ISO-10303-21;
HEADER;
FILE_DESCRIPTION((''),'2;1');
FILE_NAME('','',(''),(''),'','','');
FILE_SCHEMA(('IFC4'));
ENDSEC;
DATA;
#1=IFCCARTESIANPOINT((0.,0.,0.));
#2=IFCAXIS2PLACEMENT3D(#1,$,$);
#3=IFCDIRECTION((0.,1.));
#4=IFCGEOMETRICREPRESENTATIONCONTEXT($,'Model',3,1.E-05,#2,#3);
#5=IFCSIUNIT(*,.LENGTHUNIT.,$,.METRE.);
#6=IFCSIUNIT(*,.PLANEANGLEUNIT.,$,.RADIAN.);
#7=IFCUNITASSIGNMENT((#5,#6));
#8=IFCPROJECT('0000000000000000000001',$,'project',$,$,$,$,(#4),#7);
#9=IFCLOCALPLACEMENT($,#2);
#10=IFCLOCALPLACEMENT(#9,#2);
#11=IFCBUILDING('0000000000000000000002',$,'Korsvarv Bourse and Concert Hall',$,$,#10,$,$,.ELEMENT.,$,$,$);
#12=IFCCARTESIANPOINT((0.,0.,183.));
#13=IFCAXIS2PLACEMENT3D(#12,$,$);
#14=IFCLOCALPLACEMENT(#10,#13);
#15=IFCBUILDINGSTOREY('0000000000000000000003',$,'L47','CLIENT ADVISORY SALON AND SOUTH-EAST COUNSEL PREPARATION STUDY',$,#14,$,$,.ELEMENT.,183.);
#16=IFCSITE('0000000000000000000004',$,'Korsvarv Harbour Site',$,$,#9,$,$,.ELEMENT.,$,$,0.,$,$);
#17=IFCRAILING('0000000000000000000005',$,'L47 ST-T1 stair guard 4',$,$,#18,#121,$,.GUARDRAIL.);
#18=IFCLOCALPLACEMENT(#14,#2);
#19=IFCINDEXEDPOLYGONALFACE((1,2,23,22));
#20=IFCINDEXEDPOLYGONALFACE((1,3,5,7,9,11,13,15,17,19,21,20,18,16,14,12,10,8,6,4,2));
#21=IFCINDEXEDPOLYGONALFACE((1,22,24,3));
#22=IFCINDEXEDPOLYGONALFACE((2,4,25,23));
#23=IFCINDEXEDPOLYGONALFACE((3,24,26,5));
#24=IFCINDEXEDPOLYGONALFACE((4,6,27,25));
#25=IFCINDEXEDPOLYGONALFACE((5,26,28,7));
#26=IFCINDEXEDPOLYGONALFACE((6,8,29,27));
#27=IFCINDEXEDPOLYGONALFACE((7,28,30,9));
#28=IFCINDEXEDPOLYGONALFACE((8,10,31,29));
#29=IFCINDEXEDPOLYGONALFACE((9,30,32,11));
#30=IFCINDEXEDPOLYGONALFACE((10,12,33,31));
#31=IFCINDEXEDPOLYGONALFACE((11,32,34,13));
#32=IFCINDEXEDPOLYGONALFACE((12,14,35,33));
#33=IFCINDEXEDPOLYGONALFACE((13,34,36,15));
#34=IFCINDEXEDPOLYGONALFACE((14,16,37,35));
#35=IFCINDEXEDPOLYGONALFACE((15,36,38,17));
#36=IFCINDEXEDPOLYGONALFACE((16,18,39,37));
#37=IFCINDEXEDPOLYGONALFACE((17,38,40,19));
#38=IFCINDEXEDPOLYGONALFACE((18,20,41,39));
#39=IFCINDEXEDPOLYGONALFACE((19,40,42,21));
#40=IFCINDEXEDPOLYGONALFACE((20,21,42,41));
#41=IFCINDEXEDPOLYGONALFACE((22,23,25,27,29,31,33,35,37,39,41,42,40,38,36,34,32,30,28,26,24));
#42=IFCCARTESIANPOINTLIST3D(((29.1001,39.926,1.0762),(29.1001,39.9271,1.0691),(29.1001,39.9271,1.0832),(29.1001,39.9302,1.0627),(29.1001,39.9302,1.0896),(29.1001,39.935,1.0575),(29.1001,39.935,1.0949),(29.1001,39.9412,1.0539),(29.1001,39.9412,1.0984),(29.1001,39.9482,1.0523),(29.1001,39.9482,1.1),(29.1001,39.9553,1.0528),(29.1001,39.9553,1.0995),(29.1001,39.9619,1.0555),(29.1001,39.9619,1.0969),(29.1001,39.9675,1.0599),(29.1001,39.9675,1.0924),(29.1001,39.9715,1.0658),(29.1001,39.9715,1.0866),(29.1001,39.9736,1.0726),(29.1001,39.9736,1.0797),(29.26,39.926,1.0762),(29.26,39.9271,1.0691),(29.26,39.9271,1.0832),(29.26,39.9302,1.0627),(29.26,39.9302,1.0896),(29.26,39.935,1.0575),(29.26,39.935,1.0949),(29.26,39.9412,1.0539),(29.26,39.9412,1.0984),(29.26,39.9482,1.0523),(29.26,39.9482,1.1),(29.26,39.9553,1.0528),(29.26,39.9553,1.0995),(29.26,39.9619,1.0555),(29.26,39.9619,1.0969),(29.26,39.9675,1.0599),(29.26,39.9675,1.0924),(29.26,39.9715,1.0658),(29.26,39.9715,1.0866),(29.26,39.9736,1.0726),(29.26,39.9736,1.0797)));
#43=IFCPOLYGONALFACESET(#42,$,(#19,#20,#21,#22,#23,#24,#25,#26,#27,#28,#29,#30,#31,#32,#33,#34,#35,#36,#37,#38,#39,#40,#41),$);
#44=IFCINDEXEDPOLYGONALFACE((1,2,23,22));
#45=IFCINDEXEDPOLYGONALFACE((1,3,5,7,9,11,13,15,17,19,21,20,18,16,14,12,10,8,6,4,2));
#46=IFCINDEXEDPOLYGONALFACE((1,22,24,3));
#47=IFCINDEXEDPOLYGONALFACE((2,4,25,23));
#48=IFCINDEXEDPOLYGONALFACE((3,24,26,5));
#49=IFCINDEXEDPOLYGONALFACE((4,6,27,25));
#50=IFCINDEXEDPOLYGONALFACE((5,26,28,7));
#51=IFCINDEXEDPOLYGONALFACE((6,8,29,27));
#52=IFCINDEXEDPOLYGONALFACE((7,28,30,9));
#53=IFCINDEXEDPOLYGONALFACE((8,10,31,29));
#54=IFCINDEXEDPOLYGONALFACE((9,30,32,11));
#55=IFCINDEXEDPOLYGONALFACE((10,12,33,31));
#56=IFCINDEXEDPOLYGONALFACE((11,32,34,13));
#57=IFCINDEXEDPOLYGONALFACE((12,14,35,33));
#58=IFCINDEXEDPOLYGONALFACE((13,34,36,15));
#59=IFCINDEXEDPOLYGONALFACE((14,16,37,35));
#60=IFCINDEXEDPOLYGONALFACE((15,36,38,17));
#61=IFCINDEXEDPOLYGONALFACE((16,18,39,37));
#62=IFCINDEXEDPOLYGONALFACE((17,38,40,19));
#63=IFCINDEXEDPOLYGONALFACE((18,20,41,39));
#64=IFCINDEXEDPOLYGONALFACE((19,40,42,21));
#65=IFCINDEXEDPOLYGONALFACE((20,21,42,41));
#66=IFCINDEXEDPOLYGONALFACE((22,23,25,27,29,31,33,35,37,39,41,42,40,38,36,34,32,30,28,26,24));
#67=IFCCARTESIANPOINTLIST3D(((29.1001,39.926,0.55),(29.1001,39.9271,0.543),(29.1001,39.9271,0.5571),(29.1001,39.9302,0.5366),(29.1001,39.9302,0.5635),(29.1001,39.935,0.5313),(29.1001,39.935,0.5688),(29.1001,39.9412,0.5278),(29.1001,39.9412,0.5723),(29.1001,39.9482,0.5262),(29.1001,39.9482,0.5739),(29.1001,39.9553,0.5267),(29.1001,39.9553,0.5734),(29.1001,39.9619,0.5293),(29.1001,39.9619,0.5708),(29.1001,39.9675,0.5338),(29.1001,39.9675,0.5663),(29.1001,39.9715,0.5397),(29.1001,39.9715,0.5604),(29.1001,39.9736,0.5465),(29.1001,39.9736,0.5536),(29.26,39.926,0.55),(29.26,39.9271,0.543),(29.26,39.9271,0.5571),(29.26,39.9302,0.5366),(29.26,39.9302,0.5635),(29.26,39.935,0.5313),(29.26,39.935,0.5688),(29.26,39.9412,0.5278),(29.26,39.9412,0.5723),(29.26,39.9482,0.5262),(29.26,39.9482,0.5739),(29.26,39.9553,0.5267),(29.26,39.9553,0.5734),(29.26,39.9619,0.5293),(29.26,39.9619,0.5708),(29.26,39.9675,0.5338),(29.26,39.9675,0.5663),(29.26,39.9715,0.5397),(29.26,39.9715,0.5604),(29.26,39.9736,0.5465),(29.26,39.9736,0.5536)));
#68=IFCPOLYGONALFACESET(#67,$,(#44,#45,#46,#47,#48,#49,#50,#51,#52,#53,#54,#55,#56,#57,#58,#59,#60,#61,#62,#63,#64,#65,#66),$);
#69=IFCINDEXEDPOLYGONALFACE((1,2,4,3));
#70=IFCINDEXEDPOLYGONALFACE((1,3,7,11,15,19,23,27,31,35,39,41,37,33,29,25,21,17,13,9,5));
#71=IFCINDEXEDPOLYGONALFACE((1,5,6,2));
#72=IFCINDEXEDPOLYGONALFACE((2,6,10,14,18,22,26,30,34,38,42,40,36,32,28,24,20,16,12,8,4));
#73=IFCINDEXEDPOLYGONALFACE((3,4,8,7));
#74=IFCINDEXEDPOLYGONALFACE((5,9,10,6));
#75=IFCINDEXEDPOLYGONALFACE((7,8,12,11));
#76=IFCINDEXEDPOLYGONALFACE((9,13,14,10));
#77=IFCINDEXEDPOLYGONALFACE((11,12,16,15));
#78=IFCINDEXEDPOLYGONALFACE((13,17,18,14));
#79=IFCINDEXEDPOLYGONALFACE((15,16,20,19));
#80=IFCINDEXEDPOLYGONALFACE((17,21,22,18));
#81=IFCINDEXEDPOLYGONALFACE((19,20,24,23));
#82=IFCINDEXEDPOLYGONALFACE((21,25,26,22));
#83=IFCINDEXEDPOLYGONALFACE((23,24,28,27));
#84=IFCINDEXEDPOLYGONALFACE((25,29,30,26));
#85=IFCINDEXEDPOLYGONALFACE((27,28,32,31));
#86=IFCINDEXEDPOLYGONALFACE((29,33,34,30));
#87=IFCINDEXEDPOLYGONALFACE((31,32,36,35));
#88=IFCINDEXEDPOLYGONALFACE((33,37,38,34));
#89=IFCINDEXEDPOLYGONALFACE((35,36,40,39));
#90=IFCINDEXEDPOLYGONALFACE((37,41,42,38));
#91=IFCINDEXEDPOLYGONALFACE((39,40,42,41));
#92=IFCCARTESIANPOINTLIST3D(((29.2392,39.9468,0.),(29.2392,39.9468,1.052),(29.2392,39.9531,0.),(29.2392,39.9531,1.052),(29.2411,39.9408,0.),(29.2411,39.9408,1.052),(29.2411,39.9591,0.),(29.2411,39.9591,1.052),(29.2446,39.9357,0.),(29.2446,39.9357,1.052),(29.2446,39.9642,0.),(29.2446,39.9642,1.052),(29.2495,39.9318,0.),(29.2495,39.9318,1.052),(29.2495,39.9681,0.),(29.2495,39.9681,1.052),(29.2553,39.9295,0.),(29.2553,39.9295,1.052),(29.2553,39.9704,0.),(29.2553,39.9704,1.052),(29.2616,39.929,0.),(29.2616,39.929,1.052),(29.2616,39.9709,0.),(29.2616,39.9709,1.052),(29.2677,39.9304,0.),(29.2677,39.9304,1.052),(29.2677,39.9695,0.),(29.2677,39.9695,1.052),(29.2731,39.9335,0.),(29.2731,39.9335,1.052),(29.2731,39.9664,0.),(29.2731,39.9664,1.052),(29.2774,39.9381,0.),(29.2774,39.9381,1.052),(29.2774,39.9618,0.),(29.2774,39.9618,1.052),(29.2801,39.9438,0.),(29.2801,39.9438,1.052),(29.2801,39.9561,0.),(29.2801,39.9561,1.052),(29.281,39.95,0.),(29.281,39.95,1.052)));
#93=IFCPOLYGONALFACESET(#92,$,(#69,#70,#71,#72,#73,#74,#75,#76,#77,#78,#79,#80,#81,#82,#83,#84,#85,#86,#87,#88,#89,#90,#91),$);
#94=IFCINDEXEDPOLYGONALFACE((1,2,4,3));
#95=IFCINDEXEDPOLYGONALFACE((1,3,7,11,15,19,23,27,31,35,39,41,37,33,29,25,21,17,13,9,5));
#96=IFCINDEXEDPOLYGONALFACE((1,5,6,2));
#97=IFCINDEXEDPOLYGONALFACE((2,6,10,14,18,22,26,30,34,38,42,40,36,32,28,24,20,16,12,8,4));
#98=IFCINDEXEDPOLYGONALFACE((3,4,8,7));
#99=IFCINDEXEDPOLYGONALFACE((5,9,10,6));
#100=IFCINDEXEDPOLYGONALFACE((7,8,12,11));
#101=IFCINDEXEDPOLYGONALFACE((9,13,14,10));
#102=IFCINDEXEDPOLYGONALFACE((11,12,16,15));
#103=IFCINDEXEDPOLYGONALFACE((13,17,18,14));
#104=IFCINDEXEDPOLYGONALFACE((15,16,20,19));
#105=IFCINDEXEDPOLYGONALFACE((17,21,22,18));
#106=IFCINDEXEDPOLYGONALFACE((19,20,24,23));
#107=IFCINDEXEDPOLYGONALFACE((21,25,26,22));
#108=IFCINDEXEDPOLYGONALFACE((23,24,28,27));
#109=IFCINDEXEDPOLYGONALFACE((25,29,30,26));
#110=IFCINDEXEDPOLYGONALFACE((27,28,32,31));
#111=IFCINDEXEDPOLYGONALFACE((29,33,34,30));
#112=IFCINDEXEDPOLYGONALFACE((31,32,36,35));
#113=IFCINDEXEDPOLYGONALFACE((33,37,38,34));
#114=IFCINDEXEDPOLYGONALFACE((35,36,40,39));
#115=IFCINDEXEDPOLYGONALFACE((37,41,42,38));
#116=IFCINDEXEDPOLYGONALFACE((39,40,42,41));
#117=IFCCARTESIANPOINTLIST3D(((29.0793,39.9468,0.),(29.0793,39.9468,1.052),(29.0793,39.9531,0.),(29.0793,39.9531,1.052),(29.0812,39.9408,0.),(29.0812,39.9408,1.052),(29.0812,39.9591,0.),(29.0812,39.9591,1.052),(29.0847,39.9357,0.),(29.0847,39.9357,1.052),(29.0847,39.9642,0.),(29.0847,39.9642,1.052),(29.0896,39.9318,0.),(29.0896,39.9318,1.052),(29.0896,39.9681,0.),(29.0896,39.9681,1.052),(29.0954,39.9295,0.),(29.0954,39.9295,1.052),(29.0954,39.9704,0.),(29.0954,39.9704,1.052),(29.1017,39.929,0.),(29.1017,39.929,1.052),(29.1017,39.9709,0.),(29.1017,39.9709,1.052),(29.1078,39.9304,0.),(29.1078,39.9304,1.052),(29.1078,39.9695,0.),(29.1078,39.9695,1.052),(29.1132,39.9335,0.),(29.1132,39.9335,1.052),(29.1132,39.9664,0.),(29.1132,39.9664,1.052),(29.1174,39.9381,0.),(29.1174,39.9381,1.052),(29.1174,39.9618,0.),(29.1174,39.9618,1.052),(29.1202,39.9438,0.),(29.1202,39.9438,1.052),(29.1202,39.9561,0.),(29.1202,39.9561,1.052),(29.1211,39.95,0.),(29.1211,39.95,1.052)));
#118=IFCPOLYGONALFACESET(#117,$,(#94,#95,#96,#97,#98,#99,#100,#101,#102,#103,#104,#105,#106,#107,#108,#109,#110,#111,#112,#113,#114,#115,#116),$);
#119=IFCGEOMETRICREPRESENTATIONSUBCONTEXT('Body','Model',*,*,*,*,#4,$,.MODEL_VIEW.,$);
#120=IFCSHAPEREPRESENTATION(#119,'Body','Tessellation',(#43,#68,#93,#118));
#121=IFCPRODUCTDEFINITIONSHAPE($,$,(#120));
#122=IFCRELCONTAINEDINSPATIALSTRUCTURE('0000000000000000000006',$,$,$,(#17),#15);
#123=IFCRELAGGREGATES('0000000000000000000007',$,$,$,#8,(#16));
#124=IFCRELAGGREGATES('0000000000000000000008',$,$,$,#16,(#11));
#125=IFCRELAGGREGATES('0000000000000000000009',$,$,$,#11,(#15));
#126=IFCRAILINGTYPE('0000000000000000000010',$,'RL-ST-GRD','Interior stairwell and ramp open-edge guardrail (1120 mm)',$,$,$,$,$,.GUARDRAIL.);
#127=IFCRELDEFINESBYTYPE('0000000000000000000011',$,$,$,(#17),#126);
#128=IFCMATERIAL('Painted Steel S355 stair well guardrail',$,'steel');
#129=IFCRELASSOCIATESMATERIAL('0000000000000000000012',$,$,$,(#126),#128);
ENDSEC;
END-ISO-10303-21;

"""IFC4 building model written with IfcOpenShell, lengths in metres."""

from ifc_helpers import new_model, si_unit, direction, frame, origin, origin_2d, place, context, subcontext, project, spatial, circle, extrude, material, type_object, element, save


model = new_model("IFC4")

# Units and contexts
model_context = context("Model", 3, precision=1e-05, world=origin(), true_north=direction((0.0, 1.0)))
body_context = subcontext(model_context, "Body", "Model", "MODEL_VIEW")
ifc_project = project(units=[si_unit("LENGTHUNIT", "METRE"), si_unit("PLANEANGLEUNIT", "RADIAN")], contexts=[model_context])

# Site, building, storey
site_placement = place(None, origin())
site = spatial("IfcSite", under=ifc_project, at=site_placement, Name="Korsvarv Harbour Site", CompositionType="ELEMENT", RefElevation=0.0)
building_placement = place(site_placement, origin())
building = spatial("IfcBuilding", under=site, at=building_placement, Name="Korsvarv Bourse and Concert Hall", CompositionType="ELEMENT")
storey_placement = place(building_placement, frame((0.0, 0.0, 183.0)))
storey = spatial("IfcBuildingStorey", under=building, at=storey_placement, Name="L47", Description="CLIENT ADVISORY SALON AND SOUTH-EAST COUNSEL PREPARATION STUDY", CompositionType="ELEMENT", Elevation=183.0)

# Railing
ifc_material_1 = material(Name="Painted Steel S355 stair well guardrail", Category="steel")
railing_type_1 = type_object("IfcRailingType", Name="RL-ST-GRD", Description="Interior stairwell and ramp open-edge guardrail (1120 mm)", PredefinedType="GUARDRAIL", material=ifc_material_1)
railing_1_placement = place(storey_placement, frame((29.26, 39.95, 0.0)))
element("IfcRailing", 1, at=railing_1_placement, inside=storey, type_object=railing_type_1, Name="L47 ST-T1 stair guard 4", PredefinedType="GUARDRAIL", context=body_context, shape_type="SweptSolid", body=[
    extrude(circle(Radius=0.0239, at=origin_2d()), frame((0.0, 0.0, 1.0762), z_axis=(-1.0, 0.0, 0.0), x_axis=(0.0, -1.0, 0.0)), (0.0, 0.0, 1.0), 0.1599),
    extrude(circle(Radius=0.0239, at=origin_2d()), frame((0.0, 0.0, 0.55), z_axis=(-1.0, 0.0, 0.0), x_axis=(0.0, -1.0, 0.0)), (0.0, 0.0, 1.0), 0.1599),
    extrude(circle(Radius=0.021, at=origin_2d()), origin(), (0.0, 0.0, 1.0), 1.052),
    extrude(circle(Radius=0.021, at=origin_2d()), frame((-0.1599, 0.0, 0.0)), (0.0, 0.0, 1.0), 1.052),
])

save(model, "model.ifc")
